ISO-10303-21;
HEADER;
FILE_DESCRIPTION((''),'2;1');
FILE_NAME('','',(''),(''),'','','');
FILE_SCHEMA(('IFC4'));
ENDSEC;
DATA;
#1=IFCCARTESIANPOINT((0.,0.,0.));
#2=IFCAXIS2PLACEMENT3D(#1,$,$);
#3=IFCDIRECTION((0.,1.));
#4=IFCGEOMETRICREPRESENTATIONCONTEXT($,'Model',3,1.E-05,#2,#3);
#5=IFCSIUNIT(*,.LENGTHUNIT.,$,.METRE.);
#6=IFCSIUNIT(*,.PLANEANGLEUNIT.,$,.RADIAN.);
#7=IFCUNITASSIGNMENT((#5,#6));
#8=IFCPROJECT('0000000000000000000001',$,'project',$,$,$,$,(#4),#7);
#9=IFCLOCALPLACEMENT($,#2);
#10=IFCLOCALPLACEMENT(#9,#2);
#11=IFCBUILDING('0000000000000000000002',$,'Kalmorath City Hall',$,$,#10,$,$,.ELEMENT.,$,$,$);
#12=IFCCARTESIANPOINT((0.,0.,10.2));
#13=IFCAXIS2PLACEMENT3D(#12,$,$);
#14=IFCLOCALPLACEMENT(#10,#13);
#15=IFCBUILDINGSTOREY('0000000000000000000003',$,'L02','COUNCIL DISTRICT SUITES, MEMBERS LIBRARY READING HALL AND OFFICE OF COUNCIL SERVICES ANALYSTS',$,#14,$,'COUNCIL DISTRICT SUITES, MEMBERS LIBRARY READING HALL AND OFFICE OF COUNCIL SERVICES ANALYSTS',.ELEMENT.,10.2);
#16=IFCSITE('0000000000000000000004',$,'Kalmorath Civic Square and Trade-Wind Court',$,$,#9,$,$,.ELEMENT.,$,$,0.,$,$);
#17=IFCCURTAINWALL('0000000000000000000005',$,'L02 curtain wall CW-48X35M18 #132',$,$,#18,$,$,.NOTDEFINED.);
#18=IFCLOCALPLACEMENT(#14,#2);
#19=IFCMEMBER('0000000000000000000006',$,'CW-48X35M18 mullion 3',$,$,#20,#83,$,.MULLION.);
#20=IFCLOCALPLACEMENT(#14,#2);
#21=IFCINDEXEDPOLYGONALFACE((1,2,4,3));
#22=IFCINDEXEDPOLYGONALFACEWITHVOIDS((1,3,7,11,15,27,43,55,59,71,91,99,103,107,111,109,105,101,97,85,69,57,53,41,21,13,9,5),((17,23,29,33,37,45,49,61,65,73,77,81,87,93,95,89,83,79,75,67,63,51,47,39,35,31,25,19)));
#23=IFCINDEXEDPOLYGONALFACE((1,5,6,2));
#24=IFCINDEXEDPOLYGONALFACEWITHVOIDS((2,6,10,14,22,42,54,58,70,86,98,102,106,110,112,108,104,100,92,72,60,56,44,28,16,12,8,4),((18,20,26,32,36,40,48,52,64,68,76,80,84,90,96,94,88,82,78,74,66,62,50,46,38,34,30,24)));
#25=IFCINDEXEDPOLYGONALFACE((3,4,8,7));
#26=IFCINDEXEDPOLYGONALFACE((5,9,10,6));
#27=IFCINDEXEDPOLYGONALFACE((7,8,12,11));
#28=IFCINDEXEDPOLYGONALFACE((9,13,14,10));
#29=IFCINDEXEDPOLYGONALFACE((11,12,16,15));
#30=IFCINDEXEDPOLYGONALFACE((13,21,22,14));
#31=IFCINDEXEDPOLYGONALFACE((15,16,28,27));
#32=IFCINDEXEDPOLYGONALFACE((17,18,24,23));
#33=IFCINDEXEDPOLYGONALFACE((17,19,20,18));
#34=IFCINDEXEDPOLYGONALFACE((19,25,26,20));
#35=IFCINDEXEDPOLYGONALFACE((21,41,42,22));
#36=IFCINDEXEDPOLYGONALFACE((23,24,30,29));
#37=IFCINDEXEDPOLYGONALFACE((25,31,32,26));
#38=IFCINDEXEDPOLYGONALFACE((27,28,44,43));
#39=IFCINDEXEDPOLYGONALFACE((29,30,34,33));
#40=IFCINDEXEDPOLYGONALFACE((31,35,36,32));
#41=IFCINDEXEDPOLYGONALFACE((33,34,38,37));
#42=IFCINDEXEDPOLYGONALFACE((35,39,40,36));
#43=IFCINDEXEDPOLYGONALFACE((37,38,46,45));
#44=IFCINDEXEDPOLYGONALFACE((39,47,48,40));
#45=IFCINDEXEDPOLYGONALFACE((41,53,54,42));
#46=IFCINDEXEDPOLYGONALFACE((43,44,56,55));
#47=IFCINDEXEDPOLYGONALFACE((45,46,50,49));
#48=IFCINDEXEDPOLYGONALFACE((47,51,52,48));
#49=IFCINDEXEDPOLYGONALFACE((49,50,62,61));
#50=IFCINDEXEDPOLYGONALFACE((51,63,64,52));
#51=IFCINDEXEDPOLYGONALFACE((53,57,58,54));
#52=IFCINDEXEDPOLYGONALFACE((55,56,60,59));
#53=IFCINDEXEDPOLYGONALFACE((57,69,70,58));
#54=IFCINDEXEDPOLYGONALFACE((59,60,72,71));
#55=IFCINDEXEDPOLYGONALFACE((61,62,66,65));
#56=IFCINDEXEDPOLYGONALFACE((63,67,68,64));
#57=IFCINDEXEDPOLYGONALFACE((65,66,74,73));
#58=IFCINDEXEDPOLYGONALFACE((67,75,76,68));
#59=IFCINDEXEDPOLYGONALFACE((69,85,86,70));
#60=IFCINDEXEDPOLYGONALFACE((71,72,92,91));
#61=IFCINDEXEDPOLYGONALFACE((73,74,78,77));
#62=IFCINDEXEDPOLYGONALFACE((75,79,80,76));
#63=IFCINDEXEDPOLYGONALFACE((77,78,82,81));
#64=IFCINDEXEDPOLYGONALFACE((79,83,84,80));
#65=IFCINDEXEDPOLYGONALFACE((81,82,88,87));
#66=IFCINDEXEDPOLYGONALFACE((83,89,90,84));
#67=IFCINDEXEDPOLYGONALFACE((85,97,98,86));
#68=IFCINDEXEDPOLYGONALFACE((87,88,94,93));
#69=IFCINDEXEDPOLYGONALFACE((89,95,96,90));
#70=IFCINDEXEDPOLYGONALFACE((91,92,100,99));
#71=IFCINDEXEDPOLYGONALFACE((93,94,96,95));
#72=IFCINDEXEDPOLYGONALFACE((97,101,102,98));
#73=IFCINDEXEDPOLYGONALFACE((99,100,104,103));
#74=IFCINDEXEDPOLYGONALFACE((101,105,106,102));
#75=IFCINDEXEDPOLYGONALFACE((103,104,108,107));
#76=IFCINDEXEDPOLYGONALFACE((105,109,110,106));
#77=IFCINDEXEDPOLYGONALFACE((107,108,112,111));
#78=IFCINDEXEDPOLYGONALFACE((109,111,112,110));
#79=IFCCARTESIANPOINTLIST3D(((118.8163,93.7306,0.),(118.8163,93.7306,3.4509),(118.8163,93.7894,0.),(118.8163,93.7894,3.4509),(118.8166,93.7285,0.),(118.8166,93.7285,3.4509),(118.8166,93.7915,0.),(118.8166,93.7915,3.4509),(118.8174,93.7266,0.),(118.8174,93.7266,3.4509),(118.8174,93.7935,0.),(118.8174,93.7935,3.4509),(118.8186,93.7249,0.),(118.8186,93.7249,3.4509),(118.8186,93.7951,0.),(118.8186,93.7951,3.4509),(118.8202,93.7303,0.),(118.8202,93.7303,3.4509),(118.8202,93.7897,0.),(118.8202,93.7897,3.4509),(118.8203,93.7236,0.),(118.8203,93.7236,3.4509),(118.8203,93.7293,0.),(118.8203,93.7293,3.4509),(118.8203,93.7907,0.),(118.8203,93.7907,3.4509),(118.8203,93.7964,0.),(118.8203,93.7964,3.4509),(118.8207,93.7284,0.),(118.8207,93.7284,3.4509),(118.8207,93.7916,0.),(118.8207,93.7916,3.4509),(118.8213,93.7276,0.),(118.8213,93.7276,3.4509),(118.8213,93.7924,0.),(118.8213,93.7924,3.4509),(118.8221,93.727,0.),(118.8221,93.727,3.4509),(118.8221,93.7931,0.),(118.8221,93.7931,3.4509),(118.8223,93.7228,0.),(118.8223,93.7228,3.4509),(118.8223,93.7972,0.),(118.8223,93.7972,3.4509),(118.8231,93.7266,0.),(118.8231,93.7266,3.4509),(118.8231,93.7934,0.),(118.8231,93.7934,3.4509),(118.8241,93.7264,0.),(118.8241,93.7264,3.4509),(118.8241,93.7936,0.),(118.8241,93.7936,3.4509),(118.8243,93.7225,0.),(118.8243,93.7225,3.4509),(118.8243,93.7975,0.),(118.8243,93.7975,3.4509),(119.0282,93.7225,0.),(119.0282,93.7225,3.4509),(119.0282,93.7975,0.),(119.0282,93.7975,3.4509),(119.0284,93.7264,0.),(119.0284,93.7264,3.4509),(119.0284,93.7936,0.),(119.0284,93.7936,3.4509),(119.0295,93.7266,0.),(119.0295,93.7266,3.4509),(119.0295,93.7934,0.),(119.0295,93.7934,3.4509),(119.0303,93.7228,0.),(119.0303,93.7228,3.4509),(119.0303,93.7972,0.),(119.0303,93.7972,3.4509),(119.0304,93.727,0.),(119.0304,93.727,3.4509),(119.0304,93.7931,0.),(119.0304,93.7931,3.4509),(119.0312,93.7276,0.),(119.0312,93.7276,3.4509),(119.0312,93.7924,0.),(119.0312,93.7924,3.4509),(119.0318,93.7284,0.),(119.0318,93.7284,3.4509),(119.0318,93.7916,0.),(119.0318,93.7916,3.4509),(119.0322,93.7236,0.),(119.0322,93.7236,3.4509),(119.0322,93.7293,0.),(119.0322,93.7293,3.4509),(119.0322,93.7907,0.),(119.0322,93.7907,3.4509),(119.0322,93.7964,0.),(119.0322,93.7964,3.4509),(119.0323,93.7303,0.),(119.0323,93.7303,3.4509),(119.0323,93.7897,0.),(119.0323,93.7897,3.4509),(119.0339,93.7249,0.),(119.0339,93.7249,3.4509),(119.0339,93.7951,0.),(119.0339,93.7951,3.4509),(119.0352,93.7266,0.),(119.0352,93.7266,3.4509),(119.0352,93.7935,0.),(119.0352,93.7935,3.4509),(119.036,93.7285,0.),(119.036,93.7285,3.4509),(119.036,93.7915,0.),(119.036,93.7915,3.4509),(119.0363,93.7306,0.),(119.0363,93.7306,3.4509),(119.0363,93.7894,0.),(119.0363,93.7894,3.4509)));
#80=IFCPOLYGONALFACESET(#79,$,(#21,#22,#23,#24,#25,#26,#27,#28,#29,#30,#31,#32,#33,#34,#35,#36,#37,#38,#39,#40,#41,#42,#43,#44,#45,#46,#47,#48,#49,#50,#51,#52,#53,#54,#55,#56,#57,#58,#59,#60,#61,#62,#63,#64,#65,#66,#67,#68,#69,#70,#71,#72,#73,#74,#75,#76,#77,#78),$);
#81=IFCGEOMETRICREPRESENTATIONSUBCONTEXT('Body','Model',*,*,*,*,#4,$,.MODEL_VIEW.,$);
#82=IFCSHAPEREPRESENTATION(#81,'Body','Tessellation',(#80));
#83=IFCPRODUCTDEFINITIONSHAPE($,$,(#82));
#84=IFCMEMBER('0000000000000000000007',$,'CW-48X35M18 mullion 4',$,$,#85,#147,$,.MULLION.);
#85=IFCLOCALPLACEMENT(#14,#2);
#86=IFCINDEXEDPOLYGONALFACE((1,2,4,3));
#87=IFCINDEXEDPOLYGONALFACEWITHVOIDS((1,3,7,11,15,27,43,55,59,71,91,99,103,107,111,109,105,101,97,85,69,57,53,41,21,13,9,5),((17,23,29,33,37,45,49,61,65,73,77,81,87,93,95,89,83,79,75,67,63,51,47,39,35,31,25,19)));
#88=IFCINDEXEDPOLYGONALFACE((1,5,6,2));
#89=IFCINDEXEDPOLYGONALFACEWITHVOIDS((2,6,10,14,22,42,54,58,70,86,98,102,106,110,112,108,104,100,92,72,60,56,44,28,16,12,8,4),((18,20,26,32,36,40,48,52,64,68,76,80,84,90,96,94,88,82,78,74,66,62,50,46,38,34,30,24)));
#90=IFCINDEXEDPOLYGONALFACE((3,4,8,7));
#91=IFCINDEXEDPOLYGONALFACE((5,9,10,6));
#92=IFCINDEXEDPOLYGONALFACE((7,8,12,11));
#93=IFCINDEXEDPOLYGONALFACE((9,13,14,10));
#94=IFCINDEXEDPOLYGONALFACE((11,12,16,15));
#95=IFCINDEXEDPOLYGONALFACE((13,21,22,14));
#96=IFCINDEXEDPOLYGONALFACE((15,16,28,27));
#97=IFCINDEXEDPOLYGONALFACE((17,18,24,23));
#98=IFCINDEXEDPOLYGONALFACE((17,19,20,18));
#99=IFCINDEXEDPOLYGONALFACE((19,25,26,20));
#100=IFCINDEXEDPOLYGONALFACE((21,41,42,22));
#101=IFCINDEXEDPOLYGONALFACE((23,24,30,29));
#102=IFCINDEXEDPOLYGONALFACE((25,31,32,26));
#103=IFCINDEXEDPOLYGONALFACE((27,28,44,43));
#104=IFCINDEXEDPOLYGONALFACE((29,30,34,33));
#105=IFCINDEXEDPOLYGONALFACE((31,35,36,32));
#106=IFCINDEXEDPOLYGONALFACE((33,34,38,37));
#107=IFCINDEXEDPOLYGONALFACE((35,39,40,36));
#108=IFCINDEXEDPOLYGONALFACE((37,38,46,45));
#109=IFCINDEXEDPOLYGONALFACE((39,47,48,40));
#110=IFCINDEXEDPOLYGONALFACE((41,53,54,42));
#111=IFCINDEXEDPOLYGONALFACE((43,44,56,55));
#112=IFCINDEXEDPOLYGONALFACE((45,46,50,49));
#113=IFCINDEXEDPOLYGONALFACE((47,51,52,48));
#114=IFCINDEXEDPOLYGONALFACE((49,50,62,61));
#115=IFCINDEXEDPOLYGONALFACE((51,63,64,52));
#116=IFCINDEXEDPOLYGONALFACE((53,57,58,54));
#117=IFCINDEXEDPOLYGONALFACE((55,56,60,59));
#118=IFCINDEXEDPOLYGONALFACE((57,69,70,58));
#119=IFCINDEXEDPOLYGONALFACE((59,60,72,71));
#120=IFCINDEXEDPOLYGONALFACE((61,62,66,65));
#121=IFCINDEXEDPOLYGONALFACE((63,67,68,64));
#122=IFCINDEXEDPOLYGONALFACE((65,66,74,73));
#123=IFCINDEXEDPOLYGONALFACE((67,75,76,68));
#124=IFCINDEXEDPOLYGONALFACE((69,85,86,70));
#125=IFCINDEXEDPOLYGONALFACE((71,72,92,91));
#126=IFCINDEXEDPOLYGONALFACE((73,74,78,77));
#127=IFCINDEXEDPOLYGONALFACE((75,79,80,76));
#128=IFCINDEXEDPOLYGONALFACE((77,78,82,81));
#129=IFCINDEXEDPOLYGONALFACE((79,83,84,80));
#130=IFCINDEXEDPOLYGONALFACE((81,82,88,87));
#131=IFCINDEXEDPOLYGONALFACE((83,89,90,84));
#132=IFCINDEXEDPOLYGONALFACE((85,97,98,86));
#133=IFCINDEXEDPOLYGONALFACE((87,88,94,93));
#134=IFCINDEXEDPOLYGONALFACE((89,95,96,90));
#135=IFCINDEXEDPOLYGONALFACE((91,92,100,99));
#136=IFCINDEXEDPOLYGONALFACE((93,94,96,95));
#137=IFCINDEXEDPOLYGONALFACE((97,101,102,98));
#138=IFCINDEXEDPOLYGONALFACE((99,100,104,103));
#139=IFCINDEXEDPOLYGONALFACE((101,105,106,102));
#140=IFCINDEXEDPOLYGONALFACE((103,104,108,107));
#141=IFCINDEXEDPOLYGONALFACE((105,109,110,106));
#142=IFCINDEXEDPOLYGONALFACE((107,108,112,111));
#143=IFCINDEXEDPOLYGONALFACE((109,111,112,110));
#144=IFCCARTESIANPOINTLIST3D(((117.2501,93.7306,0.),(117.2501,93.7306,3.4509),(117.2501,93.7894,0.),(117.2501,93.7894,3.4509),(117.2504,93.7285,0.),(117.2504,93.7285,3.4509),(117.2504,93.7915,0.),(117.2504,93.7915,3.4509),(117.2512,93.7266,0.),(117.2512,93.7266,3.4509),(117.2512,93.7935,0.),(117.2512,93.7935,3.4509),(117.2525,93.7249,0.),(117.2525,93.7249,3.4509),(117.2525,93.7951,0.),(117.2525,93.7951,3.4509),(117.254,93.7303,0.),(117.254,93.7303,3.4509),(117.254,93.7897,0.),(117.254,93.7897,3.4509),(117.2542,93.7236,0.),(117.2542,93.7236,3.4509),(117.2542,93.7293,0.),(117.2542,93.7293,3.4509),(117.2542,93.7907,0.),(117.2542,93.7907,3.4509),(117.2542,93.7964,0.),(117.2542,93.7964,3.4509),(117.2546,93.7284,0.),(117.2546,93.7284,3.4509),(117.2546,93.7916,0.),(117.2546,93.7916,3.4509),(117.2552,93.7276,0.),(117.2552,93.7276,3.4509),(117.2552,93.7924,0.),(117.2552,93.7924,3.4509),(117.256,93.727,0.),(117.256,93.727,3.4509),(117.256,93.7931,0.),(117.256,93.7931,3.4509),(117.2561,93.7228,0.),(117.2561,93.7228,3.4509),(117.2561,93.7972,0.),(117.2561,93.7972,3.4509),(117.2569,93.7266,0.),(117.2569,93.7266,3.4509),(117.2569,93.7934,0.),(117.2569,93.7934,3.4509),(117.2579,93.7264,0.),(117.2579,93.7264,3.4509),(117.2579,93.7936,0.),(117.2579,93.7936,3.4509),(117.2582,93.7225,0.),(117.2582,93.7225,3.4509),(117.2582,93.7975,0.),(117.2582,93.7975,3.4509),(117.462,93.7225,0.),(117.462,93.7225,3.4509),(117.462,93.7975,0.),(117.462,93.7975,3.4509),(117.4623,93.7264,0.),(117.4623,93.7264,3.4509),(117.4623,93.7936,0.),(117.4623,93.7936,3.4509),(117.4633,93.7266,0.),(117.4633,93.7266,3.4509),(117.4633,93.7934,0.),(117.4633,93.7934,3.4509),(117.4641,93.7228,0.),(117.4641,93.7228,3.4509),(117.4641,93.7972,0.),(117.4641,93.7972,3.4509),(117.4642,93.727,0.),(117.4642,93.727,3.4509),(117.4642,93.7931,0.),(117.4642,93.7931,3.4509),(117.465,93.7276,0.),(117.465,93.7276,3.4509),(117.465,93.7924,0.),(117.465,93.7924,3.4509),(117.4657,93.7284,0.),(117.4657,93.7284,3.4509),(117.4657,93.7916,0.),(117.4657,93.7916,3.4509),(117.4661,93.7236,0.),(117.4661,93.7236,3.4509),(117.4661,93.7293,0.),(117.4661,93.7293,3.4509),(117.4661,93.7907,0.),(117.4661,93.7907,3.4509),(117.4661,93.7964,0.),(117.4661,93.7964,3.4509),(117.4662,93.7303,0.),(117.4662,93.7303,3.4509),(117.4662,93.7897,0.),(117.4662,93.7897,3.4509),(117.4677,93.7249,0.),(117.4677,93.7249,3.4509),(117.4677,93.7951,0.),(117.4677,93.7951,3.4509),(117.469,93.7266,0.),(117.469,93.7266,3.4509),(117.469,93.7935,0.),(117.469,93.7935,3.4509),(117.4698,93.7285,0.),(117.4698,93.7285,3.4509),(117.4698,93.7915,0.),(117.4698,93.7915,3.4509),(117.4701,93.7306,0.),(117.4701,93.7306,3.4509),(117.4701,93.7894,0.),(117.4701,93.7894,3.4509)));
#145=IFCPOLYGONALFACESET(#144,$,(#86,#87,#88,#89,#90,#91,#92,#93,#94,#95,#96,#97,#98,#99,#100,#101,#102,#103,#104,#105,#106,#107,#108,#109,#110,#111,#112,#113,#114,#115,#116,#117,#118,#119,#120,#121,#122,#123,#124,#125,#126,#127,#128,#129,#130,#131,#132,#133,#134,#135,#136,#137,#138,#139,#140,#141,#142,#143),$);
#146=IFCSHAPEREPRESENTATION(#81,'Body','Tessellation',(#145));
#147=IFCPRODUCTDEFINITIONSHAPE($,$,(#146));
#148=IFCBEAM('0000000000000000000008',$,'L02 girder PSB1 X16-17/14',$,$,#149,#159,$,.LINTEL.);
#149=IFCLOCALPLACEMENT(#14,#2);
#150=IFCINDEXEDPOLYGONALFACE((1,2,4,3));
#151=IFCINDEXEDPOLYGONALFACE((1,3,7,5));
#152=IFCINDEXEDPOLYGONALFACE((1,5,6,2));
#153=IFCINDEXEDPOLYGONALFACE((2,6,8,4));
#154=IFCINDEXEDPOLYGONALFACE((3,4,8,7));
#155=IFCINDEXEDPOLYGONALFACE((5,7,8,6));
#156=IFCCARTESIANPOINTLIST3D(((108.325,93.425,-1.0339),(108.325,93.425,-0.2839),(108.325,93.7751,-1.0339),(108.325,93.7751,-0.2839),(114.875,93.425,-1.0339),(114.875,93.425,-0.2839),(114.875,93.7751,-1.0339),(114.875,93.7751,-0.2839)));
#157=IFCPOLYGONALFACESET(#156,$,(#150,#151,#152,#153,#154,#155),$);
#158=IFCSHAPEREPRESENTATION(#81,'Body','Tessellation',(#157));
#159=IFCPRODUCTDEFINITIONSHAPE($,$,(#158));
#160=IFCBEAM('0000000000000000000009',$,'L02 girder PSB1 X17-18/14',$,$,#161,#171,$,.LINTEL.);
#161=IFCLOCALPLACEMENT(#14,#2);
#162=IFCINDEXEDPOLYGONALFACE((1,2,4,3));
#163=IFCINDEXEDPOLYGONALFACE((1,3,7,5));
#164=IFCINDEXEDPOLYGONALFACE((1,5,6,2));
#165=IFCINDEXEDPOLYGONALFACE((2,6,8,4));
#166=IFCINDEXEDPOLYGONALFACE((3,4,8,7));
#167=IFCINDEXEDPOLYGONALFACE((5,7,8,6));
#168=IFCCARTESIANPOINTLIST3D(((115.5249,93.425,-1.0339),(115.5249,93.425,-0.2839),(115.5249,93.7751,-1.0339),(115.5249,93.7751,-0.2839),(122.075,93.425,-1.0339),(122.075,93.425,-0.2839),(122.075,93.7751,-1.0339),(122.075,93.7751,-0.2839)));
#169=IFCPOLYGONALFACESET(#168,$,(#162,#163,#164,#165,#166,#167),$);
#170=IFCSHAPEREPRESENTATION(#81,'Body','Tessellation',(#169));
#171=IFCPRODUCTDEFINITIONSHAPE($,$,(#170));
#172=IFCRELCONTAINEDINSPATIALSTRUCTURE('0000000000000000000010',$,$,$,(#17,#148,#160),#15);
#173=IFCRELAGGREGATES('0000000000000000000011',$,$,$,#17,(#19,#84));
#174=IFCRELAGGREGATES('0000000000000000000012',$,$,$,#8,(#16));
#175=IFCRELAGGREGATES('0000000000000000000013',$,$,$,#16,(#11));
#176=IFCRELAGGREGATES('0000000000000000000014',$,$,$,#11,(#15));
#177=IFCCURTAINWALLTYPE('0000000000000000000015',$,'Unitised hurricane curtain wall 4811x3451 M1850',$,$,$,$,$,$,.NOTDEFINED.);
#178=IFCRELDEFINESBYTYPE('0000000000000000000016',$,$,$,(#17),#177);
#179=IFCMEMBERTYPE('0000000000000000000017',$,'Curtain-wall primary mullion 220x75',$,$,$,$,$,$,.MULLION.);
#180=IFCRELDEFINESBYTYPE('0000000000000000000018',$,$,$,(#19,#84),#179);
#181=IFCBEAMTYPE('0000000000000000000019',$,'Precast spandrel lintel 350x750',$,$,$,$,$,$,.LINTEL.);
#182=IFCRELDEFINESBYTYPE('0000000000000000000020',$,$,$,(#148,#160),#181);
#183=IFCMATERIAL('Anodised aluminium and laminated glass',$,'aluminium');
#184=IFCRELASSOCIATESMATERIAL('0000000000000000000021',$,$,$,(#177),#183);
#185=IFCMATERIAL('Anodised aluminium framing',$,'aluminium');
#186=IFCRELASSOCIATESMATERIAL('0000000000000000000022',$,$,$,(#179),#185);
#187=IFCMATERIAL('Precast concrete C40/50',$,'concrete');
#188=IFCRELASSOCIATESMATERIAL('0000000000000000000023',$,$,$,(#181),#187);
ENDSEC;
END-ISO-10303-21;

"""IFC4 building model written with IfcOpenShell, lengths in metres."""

from ifc_helpers import new_model, si_unit, direction, frame, origin, origin_2d, place, context, subcontext, project, spatial, rectangle, hollow_rectangle, extrude, material, material_profile, profile_set, type_object, element, aggregate, save


model = new_model("IFC4")

# Units and contexts
model_context = context("Model", 3, precision=1e-05, world=origin(), true_north=direction((0.0, 1.0)))
body_context = subcontext(model_context, "Body", "Model", "MODEL_VIEW")
ifc_project = project(units=[si_unit("LENGTHUNIT", "METRE"), si_unit("PLANEANGLEUNIT", "RADIAN")], contexts=[model_context])

# Site, building, storey
site_placement = place(None, origin())
site = spatial("IfcSite", under=ifc_project, at=site_placement, Name="Kalmorath Civic Square and Trade-Wind Court", CompositionType="ELEMENT", RefElevation=0.0)
building_placement = place(site_placement, origin())
building = spatial("IfcBuilding", under=site, at=building_placement, Name="Kalmorath City Hall", CompositionType="ELEMENT")
storey_placement = place(building_placement, frame((0.0, 0.0, 10.2)))
storey = spatial("IfcBuildingStorey", under=building, at=storey_placement, Name="L02", Description="COUNCIL DISTRICT SUITES, MEMBERS LIBRARY READING HALL AND OFFICE OF COUNCIL SERVICES ANALYSTS", LongName="COUNCIL DISTRICT SUITES, MEMBERS LIBRARY READING HALL AND OFFICE OF COUNCIL SERVICES ANALYSTS", CompositionType="ELEMENT", Elevation=10.2)

# Curtain wall
ifc_material_1 = material(Name="Anodised aluminium and laminated glass", Category="aluminium")
curtain_wall_type_1 = type_object("IfcCurtainWallType", Name="Unitised hurricane curtain wall 4811x3451 M1850", PredefinedType="NOTDEFINED", material=ifc_material_1)
curtain_wall_1_placement = place(storey_placement, origin())
curtain_wall_1 = element("IfcCurtainWall", 1, at=curtain_wall_1_placement, inside=storey, type_object=curtain_wall_type_1, Name="L02 curtain wall CW-48X35M18 #132", PredefinedType="NOTDEFINED")

# Members
ifc_material_2 = material(Name="Anodised aluminium framing", Category="aluminium")
ifc_material_profile_1 = material_profile(ifc_material_2, hollow_rectangle(XDim=0.075, YDim=0.22, WallThickness=0.0039, InnerFilletRadius=0.0039, OuterFilletRadius=0.0081, at=origin_2d()), Name="ALU-MUL-220X75X4")
ifc_profile_set_1 = profile_set([ifc_material_profile_1], Name="Anodised aluminium framing")
member_type_1 = type_object("IfcMemberType", Name="Curtain-wall primary mullion 220x75", PredefinedType="MULLION", material=ifc_profile_set_1)
member_1_placement = place(storey_placement, frame((118.9263, 93.76, 0.0), z_axis=(0.0, 0.0, 1.0), x_axis=(0.0, -1.0, 0.0)))
member_1 = element("IfcMember", 2, at=member_1_placement, type_object=member_type_1, Name="CW-48X35M18 mullion 3", PredefinedType="MULLION", context=body_context, shape_type="SweptSolid", body=[
    extrude(hollow_rectangle(XDim=0.075, YDim=0.22, WallThickness=0.0039, InnerFilletRadius=0.0039, OuterFilletRadius=0.0081, at=origin_2d()), origin(), (0.0, 0.0, 1.0), 3.4509),
])
member_2_placement = place(storey_placement, frame((117.3601, 93.76, 0.0), z_axis=(0.0, 0.0, 1.0), x_axis=(0.0, -1.0, 0.0)))
member_2 = element("IfcMember", 3, at=member_2_placement, type_object=member_type_1, Name="CW-48X35M18 mullion 4", PredefinedType="MULLION", context=body_context, shape_type="SweptSolid", body=[
    extrude(hollow_rectangle(XDim=0.075, YDim=0.22, WallThickness=0.0039, InnerFilletRadius=0.0039, OuterFilletRadius=0.0081, at=origin_2d()), origin(), (0.0, 0.0, 1.0), 3.4509),
])

# Beams
ifc_material_3 = material(Name="Precast concrete C40/50", Category="concrete")
ifc_material_profile_2 = material_profile(ifc_material_3, rectangle(XDim=0.3501, YDim=0.75, at=origin_2d()), Name="PC-SP-350X750")
ifc_profile_set_2 = profile_set([ifc_material_profile_2], Name="Precast concrete C40/50")
beam_type_1 = type_object("IfcBeamType", Name="Precast spandrel lintel 350x750", PredefinedType="LINTEL", material=ifc_profile_set_2)
for number, where, z_axis, x_axis, name in (
    (4, (108.325, 93.6001, -0.6589), (1.0, 0.0, 0.0), (0.0, 1.0, 0.0), "L02 girder PSB1 X16-17/14"),
    (5, (115.5249, 93.6001, -0.6589), (1.0, 0.0, 0.0), (0.0, 1.0, 0.0), "L02 girder PSB1 X17-18/14"),
):
    element("IfcBeam", number, at=place(storey_placement, frame(where, z_axis=z_axis, x_axis=x_axis)), inside=storey, type_object=beam_type_1, Name=name, PredefinedType="LINTEL", context=body_context, shape_type="SweptSolid", body=[
        extrude(rectangle(XDim=0.3501, YDim=0.75, at=origin_2d()), origin(), (0.0, 0.0, 1.0), 6.55),
    ])

aggregate(curtain_wall_1, [member_1, member_2])

save(model, "model.ifc")
